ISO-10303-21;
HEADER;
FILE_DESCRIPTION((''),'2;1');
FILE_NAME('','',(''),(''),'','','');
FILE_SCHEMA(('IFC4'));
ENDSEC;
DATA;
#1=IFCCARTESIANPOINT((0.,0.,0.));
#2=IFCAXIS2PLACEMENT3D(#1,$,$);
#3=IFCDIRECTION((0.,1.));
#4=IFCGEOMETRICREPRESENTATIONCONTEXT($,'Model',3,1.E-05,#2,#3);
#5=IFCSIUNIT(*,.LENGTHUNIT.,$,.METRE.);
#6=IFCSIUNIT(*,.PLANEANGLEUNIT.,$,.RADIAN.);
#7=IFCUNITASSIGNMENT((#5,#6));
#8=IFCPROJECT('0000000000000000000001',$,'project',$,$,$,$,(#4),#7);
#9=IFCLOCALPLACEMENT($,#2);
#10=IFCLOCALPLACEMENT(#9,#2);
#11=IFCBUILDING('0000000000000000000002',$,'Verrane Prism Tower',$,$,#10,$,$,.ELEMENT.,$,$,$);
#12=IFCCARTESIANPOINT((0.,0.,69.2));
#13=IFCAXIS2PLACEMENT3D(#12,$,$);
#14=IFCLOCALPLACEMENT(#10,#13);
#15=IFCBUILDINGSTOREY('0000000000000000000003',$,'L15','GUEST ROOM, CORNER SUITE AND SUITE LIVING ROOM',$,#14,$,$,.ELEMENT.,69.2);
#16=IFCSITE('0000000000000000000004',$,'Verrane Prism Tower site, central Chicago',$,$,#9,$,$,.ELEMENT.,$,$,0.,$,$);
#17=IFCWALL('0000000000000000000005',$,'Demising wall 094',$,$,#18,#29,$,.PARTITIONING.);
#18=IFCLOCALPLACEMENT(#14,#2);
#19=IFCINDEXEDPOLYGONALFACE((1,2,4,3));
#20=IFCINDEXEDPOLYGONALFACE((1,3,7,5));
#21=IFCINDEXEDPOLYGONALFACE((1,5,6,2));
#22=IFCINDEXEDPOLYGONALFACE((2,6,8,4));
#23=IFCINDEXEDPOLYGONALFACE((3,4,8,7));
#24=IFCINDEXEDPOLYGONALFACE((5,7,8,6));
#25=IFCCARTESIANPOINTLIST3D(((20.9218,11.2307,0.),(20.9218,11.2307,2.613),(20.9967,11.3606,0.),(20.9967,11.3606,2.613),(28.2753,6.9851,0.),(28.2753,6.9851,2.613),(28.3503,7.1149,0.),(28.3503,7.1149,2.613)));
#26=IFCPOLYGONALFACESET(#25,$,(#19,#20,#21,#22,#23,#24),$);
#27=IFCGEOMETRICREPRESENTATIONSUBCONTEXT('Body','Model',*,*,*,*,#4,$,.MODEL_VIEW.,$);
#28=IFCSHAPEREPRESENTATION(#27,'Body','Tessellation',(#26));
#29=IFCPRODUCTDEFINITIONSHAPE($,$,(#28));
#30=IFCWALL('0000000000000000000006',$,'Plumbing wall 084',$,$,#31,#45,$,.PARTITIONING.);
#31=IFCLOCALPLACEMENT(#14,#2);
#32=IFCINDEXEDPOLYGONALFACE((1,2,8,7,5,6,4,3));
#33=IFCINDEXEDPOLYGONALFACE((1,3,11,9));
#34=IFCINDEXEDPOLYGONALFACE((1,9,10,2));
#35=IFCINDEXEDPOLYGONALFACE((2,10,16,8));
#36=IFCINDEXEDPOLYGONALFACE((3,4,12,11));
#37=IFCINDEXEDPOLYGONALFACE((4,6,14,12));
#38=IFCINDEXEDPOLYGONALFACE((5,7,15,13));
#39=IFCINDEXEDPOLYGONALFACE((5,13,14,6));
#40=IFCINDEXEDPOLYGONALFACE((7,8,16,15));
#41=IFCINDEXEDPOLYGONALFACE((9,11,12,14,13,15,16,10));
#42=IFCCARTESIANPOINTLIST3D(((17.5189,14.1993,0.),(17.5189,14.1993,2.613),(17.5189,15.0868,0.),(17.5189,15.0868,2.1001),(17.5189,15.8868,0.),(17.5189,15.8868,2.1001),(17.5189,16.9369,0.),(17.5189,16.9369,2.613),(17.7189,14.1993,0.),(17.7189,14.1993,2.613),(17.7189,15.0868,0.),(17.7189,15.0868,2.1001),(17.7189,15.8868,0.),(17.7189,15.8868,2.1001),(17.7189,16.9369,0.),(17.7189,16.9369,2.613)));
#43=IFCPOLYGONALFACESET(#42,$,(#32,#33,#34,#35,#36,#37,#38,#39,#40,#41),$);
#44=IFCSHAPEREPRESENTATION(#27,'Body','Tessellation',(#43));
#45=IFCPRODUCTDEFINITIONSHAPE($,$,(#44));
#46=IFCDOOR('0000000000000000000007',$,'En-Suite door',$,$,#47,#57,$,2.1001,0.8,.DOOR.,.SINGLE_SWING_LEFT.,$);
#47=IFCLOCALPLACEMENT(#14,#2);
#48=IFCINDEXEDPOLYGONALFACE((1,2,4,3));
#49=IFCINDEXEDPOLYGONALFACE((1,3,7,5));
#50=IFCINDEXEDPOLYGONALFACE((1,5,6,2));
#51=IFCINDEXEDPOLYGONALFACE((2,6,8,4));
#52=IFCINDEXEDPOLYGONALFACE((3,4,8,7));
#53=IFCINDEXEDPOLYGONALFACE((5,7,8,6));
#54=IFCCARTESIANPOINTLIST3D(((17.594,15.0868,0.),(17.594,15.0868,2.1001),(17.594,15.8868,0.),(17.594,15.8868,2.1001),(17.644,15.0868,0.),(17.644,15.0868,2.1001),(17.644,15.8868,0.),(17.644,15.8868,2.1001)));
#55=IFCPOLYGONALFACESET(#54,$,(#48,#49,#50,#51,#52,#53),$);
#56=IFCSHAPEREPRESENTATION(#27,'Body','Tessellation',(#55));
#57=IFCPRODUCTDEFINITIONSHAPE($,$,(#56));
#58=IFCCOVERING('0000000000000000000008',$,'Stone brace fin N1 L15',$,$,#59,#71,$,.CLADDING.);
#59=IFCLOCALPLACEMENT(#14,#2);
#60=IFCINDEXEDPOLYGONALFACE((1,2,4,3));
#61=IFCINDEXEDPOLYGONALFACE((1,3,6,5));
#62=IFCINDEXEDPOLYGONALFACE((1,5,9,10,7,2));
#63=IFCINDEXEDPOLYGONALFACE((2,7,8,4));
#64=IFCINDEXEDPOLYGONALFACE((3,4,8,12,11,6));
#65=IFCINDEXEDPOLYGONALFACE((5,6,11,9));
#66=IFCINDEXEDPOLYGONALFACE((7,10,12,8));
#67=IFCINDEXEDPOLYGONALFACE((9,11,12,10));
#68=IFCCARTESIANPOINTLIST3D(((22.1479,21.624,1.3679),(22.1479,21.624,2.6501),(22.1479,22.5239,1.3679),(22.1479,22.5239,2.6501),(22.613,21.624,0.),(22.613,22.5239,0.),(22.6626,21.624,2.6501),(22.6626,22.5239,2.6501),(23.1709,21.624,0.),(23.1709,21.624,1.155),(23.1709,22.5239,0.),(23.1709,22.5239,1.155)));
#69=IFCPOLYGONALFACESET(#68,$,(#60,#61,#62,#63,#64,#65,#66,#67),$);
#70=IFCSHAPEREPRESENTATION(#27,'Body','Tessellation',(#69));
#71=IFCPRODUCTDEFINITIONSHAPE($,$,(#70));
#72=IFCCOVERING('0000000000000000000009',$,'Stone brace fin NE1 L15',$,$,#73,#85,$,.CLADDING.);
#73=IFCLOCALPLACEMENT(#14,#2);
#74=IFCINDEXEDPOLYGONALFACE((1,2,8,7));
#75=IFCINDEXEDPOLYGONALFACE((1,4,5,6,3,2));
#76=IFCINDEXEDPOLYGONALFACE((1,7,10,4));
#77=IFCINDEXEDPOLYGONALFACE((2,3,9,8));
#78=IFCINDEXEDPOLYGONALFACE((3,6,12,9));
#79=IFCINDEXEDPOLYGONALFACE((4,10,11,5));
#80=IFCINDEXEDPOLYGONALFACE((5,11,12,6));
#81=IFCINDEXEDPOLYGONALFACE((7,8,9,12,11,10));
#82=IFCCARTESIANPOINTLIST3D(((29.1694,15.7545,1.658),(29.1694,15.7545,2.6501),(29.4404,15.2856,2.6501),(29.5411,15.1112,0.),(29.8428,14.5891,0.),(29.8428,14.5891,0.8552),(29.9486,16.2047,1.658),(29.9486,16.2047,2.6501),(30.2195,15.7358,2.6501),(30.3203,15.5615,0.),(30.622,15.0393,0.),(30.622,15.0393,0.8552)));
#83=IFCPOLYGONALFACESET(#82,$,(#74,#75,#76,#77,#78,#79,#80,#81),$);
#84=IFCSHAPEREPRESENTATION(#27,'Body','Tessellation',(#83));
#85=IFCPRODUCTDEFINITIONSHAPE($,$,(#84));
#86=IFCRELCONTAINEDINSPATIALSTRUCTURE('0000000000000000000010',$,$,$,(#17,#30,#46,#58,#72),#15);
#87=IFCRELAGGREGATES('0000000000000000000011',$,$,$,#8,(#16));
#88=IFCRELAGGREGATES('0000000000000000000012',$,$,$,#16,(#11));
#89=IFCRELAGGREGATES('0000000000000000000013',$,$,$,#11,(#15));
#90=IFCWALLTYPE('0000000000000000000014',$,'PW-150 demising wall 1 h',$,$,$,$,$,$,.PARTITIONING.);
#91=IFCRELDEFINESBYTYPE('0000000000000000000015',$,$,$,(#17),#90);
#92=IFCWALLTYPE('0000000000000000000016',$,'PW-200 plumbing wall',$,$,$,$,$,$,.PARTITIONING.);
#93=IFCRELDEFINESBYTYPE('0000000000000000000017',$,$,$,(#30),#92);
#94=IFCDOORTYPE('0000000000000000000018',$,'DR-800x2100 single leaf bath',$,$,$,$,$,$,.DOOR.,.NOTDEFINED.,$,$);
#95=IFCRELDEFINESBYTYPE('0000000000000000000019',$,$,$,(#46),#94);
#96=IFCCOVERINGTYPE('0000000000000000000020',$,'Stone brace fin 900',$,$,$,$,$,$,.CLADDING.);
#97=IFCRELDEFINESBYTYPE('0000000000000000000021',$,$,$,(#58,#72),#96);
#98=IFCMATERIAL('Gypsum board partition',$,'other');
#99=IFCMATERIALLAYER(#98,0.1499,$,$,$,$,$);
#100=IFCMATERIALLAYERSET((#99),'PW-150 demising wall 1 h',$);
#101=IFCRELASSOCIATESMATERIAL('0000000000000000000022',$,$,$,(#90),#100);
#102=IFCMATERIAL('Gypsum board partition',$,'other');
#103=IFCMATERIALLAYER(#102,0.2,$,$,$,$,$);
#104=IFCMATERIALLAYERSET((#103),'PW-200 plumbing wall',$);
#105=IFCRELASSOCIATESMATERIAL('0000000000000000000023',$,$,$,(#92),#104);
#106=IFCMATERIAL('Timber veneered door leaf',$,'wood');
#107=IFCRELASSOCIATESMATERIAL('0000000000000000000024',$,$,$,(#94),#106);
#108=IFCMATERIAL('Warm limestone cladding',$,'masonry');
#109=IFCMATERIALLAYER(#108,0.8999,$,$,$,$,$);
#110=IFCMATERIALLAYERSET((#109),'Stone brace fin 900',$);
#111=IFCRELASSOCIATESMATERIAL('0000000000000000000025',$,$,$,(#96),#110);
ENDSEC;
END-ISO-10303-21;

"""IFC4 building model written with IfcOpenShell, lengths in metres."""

from ifc_helpers import new_model, si_unit, direction, frame, frame_2d, origin, place, context, subcontext, project, spatial, polyline, rectangle, outline, extrude, material, layer, layer_set, type_object, element, fill, save


model = new_model("IFC4")

# Units and contexts
model_context = context("Model", 3, precision=1e-05, world=origin(), true_north=direction((0.0, 1.0)))
body_context = subcontext(model_context, "Body", "Model", "MODEL_VIEW")
ifc_project = project(units=[si_unit("LENGTHUNIT", "METRE"), si_unit("PLANEANGLEUNIT", "RADIAN")], contexts=[model_context])

# Site, building, storey
site_placement = place(None, origin())
site = spatial("IfcSite", under=ifc_project, at=site_placement, Name="Verrane Prism Tower site, central Chicago", CompositionType="ELEMENT", RefElevation=0.0)
building_placement = place(site_placement, origin())
building = spatial("IfcBuilding", under=site, at=building_placement, Name="Verrane Prism Tower", CompositionType="ELEMENT")
storey_placement = place(building_placement, frame((0.0, 0.0, 69.2)))
storey = spatial("IfcBuildingStorey", under=building, at=storey_placement, Name="L15", Description="GUEST ROOM, CORNER SUITE AND SUITE LIVING ROOM", CompositionType="ELEMENT", Elevation=69.2)

# Wall
ifc_material_1 = material(Name="Gypsum board partition", Category="other")
ifc_layer_1 = layer(ifc_material_1, 0.1499)
ifc_layer_set_1 = layer_set([ifc_layer_1], Name="PW-150 demising wall 1 h")
wall_type_1 = type_object("IfcWallType", Name="PW-150 demising wall 1 h", PredefinedType="PARTITIONING", material=ifc_layer_set_1)
wall_1_placement = place(storey_placement, frame((20.9592, 11.2957, 0.0), z_axis=(0.0, 0.0, 1.0), x_axis=(0.866023, -0.500005, 0.0)))
element("IfcWall", 1, at=wall_1_placement, inside=storey, type_object=wall_type_1, Name="Demising wall 094", PredefinedType="PARTITIONING", context=body_context, shape_type="SweptSolid", body=[
    extrude(rectangle(XDim=8.4912, YDim=0.1499, at=frame_2d((4.2456, 0.0))), origin(), (0.0, 0.0, 1.0), 2.613),
])

# Wall, opening, door
ifc_material_2 = material(Name="Gypsum board partition", Category="other")
ifc_layer_2 = layer(ifc_material_2, 0.2)
ifc_layer_set_2 = layer_set([ifc_layer_2], Name="PW-200 plumbing wall")
wall_type_2 = type_object("IfcWallType", Name="PW-200 plumbing wall", PredefinedType="PARTITIONING", material=ifc_layer_set_2)
wall_2_placement = place(storey_placement, frame((17.6189, 14.1995, 0.0), z_axis=(0.0, 0.0, 1.0), x_axis=(0.0, 1.0, 0.0)))
wall_2 = element("IfcWall", 2, at=wall_2_placement, inside=storey, type_object=wall_type_2, Name="Plumbing wall 084", PredefinedType="PARTITIONING", context=body_context, shape_type="SweptSolid", body=[
    extrude(rectangle(XDim=2.7375, YDim=0.2, at=frame_2d((1.3687, 0.0))), origin(), (0.0, 0.0, 1.0), 2.613),
])
opening_1_placement = place(wall_2_placement, frame((0.8875, 0.0, 0.0)))
opening_1 = element("IfcOpeningElement", 3, at=opening_1_placement, cuts=wall_2, PredefinedType="OPENING", context=body_context, shape_type="SweptSolid", body=[
    extrude(rectangle(XDim=0.8, YDim=2.1001, at=frame_2d((0.3999, 1.05))), frame((0.0, 0.1099, 0.0), z_axis=(0.0, -1.0, 0.0), x_axis=(1.0, 0.0, 0.0)), (0.0, 0.0, 1.0), 0.22),
])
ifc_material_3 = material(Name="Timber veneered door leaf", Category="wood")
door_type_1 = type_object("IfcDoorType", Name="DR-800x2100 single leaf bath", OperationType="NOTDEFINED", PredefinedType="DOOR", material=ifc_material_3)
door_1_placement = place(opening_1_placement, origin())
door_1 = element("IfcDoor", 4, at=door_1_placement, inside=storey, type_object=door_type_1, Name="En-Suite door", OperationType="SINGLE_SWING_LEFT", OverallHeight=2.1001, OverallWidth=0.8, PredefinedType="DOOR", context=body_context, shape_type="SweptSolid", body=[
    extrude(rectangle(XDim=0.8, YDim=2.1001, at=frame_2d((0.3999, 1.05))), frame((0.0, 0.0249, 0.0), z_axis=(0.0, -1.0, 0.0), x_axis=(1.0, 0.0, 0.0)), (0.0, 0.0, 1.0), 0.05),
])
fill(opening_1, door_1)

# Coverings
ifc_material_4 = material(Name="Warm limestone cladding", Category="masonry")
ifc_layer_3 = layer(ifc_material_4, 0.8999)
ifc_layer_set_3 = layer_set([ifc_layer_3], Name="Stone brace fin 900")
covering_type = type_object("IfcCoveringType", Name="Stone brace fin 900", PredefinedType="CLADDING", material=ifc_layer_set_3)
covering_1_placement = place(storey_placement, frame((23.1709, 22.074, 0.0), z_axis=(0.0, 0.0, 1.0), x_axis=(-1.0, 0.0, 0.0)))
element("IfcCovering", 5, at=covering_1_placement, inside=storey, type_object=covering_type, Name="Stone brace fin N1 L15", PredefinedType="CLADDING", context=body_context, shape_type="SweptSolid", body=[
    extrude(outline(polyline([(1.0229, 2.6501), (0.5083, 2.6501), (0.0, 1.155), (0.0, 0.0), (0.5579, 0.0), (1.0229, 1.3679), (1.0229, 2.6501)])), frame((0.0, 0.45, 0.0), z_axis=(0.0, -1.0, 0.0), x_axis=(1.0, 0.0, 0.0)), (0.0, 0.0, 1.0), 0.8999),
])
covering_2_placement = place(storey_placement, frame((30.2324, 14.8142, 0.0), z_axis=(0.0, 0.0, 1.0), x_axis=(-0.500314, 0.865844, 0.0)))
element("IfcCovering", 6, at=covering_2_placement, inside=storey, type_object=covering_type, Name="Stone brace fin NE1 L15", PredefinedType="CLADDING", context=body_context, shape_type="SweptSolid", body=[
    extrude(outline(polyline([(1.3459, 2.6501), (0.8044, 2.6501), (0.0, 0.8552), (0.0, 0.0), (0.603, 0.0), (1.3459, 1.658), (1.3459, 2.6501)])), frame((0.0, 0.45, 0.0), z_axis=(0.0, -1.0, 0.0), x_axis=(1.0, 0.0, 0.0)), (0.0, 0.0, 1.0), 0.8999),
])

save(model, "model.ifc")
